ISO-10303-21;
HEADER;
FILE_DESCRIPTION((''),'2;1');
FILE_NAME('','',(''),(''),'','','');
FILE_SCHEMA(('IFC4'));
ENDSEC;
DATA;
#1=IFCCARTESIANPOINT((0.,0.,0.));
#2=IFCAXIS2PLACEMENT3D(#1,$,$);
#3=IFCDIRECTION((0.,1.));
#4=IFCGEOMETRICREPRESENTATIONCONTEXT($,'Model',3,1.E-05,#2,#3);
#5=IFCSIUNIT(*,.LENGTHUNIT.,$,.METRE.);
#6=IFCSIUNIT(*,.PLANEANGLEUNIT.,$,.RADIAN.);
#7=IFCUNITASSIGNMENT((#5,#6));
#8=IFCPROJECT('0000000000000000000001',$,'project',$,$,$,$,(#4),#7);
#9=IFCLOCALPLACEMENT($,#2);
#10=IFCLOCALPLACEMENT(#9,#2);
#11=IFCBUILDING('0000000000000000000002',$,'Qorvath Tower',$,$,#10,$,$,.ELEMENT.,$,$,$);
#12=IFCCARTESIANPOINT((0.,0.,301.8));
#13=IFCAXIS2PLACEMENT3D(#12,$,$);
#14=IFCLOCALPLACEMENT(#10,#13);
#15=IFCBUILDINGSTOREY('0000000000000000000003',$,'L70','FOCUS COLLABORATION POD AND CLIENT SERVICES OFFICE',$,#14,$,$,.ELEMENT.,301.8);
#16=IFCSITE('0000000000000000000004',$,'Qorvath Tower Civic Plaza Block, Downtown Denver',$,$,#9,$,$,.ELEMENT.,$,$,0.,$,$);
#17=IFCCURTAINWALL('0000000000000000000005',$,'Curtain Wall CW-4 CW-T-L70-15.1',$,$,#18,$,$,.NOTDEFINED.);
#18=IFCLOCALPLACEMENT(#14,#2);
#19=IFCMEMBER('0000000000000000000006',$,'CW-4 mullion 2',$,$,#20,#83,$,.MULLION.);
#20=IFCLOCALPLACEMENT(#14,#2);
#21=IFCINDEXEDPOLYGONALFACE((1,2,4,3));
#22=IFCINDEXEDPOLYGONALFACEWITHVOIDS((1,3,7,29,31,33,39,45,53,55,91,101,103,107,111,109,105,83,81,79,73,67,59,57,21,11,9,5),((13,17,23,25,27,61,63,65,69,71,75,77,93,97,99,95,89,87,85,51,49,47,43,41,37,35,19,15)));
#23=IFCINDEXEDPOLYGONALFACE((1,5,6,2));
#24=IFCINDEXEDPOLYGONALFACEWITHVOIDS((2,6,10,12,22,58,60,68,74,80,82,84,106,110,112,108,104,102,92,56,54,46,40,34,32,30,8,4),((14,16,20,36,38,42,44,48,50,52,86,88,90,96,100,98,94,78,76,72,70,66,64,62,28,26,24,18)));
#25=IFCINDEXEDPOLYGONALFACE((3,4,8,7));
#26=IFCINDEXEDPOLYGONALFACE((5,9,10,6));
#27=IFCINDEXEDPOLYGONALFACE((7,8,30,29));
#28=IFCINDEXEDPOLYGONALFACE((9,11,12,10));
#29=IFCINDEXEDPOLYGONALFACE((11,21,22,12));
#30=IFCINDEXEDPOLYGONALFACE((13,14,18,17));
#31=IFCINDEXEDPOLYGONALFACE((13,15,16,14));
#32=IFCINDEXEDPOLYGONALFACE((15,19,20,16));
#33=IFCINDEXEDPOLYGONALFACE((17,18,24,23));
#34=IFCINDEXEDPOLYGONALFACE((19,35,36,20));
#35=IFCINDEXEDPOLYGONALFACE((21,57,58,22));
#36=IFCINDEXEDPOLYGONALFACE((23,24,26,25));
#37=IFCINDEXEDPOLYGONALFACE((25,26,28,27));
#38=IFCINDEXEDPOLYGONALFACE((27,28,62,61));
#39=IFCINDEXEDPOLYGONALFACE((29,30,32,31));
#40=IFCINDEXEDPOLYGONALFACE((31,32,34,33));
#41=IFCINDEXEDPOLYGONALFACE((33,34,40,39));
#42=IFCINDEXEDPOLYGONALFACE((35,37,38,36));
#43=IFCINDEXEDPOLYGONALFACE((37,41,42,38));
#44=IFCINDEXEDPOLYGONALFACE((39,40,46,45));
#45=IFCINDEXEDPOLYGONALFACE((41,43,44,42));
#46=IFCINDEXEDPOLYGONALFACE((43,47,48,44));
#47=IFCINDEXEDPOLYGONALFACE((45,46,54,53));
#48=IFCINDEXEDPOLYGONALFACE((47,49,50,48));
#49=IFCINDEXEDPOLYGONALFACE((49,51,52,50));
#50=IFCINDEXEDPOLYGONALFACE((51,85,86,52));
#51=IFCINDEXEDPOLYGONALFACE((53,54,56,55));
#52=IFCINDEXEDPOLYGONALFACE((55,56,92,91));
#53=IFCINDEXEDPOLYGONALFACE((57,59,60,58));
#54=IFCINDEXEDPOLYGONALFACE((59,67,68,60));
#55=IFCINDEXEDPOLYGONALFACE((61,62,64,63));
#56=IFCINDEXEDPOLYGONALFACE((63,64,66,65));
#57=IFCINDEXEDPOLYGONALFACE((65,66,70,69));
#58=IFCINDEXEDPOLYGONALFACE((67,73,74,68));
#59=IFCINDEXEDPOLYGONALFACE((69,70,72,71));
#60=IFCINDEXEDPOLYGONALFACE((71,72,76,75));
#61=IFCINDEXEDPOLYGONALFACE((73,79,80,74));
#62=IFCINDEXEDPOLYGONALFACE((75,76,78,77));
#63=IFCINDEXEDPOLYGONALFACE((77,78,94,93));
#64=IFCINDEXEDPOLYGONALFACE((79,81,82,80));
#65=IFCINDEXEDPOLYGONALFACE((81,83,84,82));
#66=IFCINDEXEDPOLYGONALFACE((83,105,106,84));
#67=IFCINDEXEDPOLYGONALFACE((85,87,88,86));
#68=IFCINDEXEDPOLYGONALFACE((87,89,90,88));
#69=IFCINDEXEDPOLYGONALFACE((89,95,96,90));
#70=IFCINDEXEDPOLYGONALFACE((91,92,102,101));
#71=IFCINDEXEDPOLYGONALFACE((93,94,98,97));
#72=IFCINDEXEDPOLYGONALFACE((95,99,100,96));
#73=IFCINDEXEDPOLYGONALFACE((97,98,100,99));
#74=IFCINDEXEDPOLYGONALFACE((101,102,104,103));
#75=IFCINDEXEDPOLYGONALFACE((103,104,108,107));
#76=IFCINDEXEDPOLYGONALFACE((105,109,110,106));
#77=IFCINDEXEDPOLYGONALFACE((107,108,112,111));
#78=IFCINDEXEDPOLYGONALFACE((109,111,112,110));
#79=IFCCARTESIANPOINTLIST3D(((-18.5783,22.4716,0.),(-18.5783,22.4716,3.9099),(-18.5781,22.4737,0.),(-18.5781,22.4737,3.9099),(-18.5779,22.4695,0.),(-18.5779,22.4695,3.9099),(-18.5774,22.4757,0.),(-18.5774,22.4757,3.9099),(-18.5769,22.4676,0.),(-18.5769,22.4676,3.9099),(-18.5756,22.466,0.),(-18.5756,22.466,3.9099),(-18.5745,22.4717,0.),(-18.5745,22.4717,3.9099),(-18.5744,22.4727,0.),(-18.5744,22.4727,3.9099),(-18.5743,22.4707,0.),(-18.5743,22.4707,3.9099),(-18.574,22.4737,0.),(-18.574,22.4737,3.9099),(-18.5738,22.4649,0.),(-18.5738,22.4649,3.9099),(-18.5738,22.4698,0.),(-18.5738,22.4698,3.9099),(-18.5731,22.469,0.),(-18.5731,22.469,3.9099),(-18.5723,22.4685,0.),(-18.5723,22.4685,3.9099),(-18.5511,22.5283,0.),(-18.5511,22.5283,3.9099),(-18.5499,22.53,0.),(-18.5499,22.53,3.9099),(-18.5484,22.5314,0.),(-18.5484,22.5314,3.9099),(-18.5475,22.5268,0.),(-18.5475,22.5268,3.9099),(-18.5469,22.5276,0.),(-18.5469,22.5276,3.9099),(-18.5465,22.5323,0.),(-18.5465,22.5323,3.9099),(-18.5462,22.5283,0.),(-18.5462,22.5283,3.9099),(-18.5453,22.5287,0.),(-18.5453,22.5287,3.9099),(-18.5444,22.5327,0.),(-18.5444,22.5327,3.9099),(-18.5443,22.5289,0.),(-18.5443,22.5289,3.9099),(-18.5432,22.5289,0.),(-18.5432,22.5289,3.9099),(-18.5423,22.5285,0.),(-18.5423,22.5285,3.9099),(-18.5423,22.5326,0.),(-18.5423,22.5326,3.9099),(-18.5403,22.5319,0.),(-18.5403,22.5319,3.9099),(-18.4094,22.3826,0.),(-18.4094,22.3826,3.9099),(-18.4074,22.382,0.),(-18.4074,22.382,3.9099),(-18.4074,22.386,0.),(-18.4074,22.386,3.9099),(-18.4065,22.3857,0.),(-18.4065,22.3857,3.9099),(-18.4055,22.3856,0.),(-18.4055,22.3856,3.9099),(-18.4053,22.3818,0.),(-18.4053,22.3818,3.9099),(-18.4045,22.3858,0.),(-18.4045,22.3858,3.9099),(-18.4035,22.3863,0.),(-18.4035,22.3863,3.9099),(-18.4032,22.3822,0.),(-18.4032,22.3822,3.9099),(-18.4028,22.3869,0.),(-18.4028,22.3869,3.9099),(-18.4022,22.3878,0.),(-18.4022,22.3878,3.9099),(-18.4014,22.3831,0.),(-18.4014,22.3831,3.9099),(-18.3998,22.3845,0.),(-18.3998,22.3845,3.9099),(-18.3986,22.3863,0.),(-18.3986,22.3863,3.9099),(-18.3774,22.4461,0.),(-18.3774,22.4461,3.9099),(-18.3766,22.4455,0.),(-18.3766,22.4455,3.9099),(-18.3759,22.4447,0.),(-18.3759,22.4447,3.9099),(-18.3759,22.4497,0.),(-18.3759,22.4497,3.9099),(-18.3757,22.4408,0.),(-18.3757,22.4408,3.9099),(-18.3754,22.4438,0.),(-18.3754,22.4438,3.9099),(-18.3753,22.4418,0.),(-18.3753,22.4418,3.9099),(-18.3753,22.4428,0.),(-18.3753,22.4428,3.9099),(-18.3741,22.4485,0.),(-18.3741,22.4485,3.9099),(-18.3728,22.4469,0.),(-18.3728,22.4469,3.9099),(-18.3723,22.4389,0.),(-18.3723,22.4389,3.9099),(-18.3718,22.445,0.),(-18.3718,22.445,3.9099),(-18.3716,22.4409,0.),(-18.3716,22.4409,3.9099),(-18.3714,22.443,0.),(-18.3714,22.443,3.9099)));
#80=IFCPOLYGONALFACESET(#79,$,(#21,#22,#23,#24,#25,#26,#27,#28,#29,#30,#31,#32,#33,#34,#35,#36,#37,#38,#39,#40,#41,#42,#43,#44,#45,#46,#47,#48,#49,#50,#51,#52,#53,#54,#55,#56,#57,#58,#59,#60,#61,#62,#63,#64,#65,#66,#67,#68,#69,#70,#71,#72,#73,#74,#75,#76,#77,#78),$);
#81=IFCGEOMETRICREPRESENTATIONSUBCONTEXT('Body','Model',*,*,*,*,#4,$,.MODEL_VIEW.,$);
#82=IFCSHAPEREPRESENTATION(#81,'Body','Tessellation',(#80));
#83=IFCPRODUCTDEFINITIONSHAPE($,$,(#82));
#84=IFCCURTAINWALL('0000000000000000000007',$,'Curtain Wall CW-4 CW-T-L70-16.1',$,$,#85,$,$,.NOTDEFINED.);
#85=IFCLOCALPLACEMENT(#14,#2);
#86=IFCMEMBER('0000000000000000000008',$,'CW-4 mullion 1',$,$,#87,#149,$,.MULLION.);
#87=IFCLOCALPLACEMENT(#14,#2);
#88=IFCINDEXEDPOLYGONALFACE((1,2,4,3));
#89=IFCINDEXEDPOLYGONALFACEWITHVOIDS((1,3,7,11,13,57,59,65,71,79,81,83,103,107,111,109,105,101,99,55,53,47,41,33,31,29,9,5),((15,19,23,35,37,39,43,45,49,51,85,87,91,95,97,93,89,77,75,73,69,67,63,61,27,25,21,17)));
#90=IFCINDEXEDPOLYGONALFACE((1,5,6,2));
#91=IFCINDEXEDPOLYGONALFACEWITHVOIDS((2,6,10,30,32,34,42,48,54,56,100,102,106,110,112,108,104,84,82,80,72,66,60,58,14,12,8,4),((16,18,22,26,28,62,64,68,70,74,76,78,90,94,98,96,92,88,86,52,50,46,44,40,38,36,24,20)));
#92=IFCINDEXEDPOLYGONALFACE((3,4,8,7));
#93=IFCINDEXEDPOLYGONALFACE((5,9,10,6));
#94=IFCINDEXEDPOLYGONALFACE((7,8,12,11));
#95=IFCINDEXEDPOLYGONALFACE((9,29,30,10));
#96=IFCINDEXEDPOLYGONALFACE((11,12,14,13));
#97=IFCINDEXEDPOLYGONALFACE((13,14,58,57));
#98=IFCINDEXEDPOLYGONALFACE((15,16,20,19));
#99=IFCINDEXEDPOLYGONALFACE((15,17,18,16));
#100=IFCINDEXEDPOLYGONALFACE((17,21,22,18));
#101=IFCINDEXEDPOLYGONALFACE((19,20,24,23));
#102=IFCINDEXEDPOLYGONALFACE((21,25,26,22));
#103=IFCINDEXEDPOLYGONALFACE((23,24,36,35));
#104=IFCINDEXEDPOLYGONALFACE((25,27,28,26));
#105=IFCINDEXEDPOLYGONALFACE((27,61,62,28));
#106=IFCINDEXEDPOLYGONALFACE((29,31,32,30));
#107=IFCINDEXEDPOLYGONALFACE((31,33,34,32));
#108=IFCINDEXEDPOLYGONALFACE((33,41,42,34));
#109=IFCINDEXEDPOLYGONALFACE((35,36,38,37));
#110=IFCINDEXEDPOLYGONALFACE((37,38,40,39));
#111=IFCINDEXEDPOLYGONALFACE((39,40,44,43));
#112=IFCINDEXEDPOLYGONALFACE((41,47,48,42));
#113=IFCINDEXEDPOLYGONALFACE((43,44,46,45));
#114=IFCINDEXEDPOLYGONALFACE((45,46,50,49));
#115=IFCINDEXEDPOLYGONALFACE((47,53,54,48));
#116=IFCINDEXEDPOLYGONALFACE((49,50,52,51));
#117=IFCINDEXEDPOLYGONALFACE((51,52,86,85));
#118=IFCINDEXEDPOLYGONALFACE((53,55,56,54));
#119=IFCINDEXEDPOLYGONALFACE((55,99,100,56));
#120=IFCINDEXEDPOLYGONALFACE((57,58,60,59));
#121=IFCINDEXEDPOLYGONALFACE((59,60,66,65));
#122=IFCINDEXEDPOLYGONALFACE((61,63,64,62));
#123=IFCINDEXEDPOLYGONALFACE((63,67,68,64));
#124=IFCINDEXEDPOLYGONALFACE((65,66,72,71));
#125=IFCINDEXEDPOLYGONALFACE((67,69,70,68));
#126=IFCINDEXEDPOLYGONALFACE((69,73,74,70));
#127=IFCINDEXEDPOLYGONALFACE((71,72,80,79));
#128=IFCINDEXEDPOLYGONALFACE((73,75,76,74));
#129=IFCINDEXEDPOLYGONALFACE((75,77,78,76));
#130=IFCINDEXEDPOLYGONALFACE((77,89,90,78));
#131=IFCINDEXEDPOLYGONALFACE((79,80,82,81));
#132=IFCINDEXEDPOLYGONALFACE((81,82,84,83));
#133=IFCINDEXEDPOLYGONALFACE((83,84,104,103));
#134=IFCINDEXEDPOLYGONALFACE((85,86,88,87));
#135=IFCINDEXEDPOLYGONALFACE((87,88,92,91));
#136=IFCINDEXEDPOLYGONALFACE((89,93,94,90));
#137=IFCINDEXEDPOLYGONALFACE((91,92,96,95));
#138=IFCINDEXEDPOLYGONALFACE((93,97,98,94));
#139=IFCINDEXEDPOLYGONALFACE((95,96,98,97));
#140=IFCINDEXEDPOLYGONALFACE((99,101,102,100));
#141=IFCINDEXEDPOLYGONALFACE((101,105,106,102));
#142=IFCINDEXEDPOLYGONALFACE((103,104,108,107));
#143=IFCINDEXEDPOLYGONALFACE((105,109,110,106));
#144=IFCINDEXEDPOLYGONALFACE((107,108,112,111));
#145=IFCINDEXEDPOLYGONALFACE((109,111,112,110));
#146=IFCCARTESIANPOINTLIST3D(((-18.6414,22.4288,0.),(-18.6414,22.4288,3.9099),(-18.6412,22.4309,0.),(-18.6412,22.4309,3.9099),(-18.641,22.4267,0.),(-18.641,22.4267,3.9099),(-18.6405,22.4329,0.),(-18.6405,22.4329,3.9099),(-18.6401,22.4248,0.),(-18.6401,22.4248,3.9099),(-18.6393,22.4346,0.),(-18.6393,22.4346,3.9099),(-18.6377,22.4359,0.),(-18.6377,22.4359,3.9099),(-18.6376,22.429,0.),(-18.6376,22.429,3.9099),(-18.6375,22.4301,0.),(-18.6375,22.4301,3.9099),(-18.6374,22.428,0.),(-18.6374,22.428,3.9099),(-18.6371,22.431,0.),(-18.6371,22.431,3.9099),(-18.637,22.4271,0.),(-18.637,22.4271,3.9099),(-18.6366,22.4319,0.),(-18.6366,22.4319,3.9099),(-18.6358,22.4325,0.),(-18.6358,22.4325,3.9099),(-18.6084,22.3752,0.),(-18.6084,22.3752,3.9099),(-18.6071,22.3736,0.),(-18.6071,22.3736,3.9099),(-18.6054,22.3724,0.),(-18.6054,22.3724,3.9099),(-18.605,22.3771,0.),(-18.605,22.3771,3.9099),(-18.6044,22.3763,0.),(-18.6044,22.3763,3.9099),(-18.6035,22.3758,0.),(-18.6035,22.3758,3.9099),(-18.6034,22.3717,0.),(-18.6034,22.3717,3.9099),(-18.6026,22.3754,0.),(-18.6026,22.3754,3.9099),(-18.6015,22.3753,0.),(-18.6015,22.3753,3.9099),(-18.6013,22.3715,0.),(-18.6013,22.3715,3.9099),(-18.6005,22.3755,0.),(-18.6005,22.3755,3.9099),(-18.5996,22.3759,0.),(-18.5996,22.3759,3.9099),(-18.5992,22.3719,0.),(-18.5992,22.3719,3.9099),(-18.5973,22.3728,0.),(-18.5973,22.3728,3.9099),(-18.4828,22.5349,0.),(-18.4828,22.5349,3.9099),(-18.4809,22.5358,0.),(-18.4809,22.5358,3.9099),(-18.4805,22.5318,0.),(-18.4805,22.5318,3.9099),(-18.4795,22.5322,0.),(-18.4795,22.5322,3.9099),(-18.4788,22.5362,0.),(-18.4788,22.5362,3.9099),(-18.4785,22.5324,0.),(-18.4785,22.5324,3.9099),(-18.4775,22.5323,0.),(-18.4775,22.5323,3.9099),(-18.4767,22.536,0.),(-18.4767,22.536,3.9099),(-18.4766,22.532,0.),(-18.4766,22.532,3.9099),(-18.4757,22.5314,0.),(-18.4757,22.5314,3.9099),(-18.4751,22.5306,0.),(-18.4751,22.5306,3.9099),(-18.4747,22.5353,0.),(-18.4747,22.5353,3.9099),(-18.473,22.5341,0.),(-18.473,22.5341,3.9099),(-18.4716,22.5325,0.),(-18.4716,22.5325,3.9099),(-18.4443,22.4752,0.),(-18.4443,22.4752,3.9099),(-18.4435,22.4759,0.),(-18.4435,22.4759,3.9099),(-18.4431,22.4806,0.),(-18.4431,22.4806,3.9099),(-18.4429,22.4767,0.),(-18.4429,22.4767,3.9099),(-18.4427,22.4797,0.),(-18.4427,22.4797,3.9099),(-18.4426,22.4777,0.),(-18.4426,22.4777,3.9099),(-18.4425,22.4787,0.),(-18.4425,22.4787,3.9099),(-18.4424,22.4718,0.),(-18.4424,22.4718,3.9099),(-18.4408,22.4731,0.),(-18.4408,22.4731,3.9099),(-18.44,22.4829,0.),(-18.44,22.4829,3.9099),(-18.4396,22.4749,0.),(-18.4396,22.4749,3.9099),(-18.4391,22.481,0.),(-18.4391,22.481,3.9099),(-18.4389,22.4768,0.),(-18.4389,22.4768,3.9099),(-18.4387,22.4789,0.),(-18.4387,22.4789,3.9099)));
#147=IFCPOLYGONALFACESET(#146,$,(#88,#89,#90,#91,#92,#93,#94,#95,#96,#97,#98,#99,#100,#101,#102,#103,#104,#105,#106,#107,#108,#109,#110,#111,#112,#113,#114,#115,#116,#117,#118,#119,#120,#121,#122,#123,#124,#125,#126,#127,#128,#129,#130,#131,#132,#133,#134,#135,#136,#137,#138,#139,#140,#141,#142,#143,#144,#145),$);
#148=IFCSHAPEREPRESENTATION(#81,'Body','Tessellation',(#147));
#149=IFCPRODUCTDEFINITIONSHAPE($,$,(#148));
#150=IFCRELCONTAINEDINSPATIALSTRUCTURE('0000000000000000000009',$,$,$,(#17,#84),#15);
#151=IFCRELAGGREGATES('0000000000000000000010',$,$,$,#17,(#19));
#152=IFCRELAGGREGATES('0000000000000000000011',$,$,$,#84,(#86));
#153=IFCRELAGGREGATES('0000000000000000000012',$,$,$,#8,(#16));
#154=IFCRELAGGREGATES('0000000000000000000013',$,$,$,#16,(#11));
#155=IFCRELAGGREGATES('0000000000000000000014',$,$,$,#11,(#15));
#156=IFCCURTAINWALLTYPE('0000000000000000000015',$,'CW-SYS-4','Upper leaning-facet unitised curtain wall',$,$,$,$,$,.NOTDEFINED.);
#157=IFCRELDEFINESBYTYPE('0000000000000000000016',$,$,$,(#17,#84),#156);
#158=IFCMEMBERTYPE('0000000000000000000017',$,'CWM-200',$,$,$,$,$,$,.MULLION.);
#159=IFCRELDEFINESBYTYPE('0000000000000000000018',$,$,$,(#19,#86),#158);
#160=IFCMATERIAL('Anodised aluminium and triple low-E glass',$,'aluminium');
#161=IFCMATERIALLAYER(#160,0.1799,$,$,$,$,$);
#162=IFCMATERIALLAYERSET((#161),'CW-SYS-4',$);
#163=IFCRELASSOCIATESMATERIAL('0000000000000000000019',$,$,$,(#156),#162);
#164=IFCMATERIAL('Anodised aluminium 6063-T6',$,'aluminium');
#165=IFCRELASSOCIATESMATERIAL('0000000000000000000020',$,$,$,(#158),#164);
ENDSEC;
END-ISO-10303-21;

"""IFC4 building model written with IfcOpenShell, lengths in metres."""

from ifc_helpers import new_model, si_unit, direction, frame, origin, origin_2d, place, context, subcontext, project, spatial, hollow_rectangle, extrude, material, layer, layer_set, material_profile, profile_set, type_object, element, aggregate, save


model = new_model("IFC4")

# Units and contexts
model_context = context("Model", 3, precision=1e-05, world=origin(), true_north=direction((0.0, 1.0)))
body_context = subcontext(model_context, "Body", "Model", "MODEL_VIEW")
ifc_project = project(units=[si_unit("LENGTHUNIT", "METRE"), si_unit("PLANEANGLEUNIT", "RADIAN")], contexts=[model_context])

# Site, building, storey
site_placement = place(None, origin())
site = spatial("IfcSite", under=ifc_project, at=site_placement, Name="Qorvath Tower Civic Plaza Block, Downtown Denver", CompositionType="ELEMENT", RefElevation=0.0)
building_placement = place(site_placement, origin())
building = spatial("IfcBuilding", under=site, at=building_placement, Name="Qorvath Tower", CompositionType="ELEMENT")
storey_placement = place(building_placement, frame((0.0, 0.0, 301.8)))
storey = spatial("IfcBuildingStorey", under=building, at=storey_placement, Name="L70", Description="FOCUS COLLABORATION POD AND CLIENT SERVICES OFFICE", CompositionType="ELEMENT", Elevation=301.8)

# Shared definitions
ifc_material_1 = material(Name="Anodised aluminium and triple low-E glass", Category="aluminium")
ifc_layer_1 = layer(ifc_material_1, 0.1799)
ifc_layer_set_1 = layer_set([ifc_layer_1], Name="CW-SYS-4")
curtain_wall_type = type_object("IfcCurtainWallType", Name="CW-SYS-4", Description="Upper leaning-facet unitised curtain wall", PredefinedType="NOTDEFINED", material=ifc_layer_set_1)
ifc_material_2 = material(Name="Anodised aluminium 6063-T6", Category="aluminium")
ifc_material_profile_1 = material_profile(ifc_material_2, hollow_rectangle(XDim=0.075, YDim=0.2, WallThickness=0.0039, InnerFilletRadius=0.0039, OuterFilletRadius=0.0081, at=origin_2d()), Name="CWM 200x75")
ifc_profile_set_1 = profile_set([ifc_material_profile_1], Name="Anodised aluminium 6063-T6")
member_type_1 = type_object("IfcMemberType", Name="CWM-200", PredefinedType="MULLION", material=ifc_profile_set_1)

# Curtain wall, member
curtain_wall_1_placement = place(storey_placement, origin())
curtain_wall_1 = element("IfcCurtainWall", 1, at=curtain_wall_1_placement, inside=storey, type_object=curtain_wall_type, Name="Curtain Wall CW-4 CW-T-L70-15.1", PredefinedType="NOTDEFINED")
member_1_placement = place(storey_placement, frame((-18.4749, 22.4573, 0.0), z_axis=(0.0, 0.0, 1.0), x_axis=(-0.447214, -0.894427, 0.0)))
member_1 = element("IfcMember", 2, at=member_1_placement, type_object=member_type_1, Name="CW-4 mullion 2", PredefinedType="MULLION", context=body_context, shape_type="SweptSolid", body=[
    extrude(hollow_rectangle(XDim=0.075, YDim=0.2, WallThickness=0.0039, InnerFilletRadius=0.0039, OuterFilletRadius=0.0081, at=origin_2d()), origin(), (0.0, 0.0, 1.0), 3.9099),
])

# Curtain wall, member
curtain_wall_2_placement = place(storey_placement, origin())
curtain_wall_2 = element("IfcCurtainWall", 3, at=curtain_wall_2_placement, inside=storey, type_object=curtain_wall_type, Name="Curtain Wall CW-4 CW-T-L70-16.1", PredefinedType="NOTDEFINED")
member_2_placement = place(storey_placement, frame((-18.54, 22.4539, 0.0), z_axis=(0.0, 0.0, 1.0), x_axis=(0.538533, -0.842604, 0.0)))
member_2 = element("IfcMember", 4, at=member_2_placement, type_object=member_type_1, Name="CW-4 mullion 1", PredefinedType="MULLION", context=body_context, shape_type="SweptSolid", body=[
    extrude(hollow_rectangle(XDim=0.075, YDim=0.2, WallThickness=0.0039, InnerFilletRadius=0.0039, OuterFilletRadius=0.0081, at=origin_2d()), origin(), (0.0, 0.0, 1.0), 3.9099),
])

aggregate(curtain_wall_1, [member_1])
aggregate(curtain_wall_2, [member_2])

save(model, "model.ifc")
